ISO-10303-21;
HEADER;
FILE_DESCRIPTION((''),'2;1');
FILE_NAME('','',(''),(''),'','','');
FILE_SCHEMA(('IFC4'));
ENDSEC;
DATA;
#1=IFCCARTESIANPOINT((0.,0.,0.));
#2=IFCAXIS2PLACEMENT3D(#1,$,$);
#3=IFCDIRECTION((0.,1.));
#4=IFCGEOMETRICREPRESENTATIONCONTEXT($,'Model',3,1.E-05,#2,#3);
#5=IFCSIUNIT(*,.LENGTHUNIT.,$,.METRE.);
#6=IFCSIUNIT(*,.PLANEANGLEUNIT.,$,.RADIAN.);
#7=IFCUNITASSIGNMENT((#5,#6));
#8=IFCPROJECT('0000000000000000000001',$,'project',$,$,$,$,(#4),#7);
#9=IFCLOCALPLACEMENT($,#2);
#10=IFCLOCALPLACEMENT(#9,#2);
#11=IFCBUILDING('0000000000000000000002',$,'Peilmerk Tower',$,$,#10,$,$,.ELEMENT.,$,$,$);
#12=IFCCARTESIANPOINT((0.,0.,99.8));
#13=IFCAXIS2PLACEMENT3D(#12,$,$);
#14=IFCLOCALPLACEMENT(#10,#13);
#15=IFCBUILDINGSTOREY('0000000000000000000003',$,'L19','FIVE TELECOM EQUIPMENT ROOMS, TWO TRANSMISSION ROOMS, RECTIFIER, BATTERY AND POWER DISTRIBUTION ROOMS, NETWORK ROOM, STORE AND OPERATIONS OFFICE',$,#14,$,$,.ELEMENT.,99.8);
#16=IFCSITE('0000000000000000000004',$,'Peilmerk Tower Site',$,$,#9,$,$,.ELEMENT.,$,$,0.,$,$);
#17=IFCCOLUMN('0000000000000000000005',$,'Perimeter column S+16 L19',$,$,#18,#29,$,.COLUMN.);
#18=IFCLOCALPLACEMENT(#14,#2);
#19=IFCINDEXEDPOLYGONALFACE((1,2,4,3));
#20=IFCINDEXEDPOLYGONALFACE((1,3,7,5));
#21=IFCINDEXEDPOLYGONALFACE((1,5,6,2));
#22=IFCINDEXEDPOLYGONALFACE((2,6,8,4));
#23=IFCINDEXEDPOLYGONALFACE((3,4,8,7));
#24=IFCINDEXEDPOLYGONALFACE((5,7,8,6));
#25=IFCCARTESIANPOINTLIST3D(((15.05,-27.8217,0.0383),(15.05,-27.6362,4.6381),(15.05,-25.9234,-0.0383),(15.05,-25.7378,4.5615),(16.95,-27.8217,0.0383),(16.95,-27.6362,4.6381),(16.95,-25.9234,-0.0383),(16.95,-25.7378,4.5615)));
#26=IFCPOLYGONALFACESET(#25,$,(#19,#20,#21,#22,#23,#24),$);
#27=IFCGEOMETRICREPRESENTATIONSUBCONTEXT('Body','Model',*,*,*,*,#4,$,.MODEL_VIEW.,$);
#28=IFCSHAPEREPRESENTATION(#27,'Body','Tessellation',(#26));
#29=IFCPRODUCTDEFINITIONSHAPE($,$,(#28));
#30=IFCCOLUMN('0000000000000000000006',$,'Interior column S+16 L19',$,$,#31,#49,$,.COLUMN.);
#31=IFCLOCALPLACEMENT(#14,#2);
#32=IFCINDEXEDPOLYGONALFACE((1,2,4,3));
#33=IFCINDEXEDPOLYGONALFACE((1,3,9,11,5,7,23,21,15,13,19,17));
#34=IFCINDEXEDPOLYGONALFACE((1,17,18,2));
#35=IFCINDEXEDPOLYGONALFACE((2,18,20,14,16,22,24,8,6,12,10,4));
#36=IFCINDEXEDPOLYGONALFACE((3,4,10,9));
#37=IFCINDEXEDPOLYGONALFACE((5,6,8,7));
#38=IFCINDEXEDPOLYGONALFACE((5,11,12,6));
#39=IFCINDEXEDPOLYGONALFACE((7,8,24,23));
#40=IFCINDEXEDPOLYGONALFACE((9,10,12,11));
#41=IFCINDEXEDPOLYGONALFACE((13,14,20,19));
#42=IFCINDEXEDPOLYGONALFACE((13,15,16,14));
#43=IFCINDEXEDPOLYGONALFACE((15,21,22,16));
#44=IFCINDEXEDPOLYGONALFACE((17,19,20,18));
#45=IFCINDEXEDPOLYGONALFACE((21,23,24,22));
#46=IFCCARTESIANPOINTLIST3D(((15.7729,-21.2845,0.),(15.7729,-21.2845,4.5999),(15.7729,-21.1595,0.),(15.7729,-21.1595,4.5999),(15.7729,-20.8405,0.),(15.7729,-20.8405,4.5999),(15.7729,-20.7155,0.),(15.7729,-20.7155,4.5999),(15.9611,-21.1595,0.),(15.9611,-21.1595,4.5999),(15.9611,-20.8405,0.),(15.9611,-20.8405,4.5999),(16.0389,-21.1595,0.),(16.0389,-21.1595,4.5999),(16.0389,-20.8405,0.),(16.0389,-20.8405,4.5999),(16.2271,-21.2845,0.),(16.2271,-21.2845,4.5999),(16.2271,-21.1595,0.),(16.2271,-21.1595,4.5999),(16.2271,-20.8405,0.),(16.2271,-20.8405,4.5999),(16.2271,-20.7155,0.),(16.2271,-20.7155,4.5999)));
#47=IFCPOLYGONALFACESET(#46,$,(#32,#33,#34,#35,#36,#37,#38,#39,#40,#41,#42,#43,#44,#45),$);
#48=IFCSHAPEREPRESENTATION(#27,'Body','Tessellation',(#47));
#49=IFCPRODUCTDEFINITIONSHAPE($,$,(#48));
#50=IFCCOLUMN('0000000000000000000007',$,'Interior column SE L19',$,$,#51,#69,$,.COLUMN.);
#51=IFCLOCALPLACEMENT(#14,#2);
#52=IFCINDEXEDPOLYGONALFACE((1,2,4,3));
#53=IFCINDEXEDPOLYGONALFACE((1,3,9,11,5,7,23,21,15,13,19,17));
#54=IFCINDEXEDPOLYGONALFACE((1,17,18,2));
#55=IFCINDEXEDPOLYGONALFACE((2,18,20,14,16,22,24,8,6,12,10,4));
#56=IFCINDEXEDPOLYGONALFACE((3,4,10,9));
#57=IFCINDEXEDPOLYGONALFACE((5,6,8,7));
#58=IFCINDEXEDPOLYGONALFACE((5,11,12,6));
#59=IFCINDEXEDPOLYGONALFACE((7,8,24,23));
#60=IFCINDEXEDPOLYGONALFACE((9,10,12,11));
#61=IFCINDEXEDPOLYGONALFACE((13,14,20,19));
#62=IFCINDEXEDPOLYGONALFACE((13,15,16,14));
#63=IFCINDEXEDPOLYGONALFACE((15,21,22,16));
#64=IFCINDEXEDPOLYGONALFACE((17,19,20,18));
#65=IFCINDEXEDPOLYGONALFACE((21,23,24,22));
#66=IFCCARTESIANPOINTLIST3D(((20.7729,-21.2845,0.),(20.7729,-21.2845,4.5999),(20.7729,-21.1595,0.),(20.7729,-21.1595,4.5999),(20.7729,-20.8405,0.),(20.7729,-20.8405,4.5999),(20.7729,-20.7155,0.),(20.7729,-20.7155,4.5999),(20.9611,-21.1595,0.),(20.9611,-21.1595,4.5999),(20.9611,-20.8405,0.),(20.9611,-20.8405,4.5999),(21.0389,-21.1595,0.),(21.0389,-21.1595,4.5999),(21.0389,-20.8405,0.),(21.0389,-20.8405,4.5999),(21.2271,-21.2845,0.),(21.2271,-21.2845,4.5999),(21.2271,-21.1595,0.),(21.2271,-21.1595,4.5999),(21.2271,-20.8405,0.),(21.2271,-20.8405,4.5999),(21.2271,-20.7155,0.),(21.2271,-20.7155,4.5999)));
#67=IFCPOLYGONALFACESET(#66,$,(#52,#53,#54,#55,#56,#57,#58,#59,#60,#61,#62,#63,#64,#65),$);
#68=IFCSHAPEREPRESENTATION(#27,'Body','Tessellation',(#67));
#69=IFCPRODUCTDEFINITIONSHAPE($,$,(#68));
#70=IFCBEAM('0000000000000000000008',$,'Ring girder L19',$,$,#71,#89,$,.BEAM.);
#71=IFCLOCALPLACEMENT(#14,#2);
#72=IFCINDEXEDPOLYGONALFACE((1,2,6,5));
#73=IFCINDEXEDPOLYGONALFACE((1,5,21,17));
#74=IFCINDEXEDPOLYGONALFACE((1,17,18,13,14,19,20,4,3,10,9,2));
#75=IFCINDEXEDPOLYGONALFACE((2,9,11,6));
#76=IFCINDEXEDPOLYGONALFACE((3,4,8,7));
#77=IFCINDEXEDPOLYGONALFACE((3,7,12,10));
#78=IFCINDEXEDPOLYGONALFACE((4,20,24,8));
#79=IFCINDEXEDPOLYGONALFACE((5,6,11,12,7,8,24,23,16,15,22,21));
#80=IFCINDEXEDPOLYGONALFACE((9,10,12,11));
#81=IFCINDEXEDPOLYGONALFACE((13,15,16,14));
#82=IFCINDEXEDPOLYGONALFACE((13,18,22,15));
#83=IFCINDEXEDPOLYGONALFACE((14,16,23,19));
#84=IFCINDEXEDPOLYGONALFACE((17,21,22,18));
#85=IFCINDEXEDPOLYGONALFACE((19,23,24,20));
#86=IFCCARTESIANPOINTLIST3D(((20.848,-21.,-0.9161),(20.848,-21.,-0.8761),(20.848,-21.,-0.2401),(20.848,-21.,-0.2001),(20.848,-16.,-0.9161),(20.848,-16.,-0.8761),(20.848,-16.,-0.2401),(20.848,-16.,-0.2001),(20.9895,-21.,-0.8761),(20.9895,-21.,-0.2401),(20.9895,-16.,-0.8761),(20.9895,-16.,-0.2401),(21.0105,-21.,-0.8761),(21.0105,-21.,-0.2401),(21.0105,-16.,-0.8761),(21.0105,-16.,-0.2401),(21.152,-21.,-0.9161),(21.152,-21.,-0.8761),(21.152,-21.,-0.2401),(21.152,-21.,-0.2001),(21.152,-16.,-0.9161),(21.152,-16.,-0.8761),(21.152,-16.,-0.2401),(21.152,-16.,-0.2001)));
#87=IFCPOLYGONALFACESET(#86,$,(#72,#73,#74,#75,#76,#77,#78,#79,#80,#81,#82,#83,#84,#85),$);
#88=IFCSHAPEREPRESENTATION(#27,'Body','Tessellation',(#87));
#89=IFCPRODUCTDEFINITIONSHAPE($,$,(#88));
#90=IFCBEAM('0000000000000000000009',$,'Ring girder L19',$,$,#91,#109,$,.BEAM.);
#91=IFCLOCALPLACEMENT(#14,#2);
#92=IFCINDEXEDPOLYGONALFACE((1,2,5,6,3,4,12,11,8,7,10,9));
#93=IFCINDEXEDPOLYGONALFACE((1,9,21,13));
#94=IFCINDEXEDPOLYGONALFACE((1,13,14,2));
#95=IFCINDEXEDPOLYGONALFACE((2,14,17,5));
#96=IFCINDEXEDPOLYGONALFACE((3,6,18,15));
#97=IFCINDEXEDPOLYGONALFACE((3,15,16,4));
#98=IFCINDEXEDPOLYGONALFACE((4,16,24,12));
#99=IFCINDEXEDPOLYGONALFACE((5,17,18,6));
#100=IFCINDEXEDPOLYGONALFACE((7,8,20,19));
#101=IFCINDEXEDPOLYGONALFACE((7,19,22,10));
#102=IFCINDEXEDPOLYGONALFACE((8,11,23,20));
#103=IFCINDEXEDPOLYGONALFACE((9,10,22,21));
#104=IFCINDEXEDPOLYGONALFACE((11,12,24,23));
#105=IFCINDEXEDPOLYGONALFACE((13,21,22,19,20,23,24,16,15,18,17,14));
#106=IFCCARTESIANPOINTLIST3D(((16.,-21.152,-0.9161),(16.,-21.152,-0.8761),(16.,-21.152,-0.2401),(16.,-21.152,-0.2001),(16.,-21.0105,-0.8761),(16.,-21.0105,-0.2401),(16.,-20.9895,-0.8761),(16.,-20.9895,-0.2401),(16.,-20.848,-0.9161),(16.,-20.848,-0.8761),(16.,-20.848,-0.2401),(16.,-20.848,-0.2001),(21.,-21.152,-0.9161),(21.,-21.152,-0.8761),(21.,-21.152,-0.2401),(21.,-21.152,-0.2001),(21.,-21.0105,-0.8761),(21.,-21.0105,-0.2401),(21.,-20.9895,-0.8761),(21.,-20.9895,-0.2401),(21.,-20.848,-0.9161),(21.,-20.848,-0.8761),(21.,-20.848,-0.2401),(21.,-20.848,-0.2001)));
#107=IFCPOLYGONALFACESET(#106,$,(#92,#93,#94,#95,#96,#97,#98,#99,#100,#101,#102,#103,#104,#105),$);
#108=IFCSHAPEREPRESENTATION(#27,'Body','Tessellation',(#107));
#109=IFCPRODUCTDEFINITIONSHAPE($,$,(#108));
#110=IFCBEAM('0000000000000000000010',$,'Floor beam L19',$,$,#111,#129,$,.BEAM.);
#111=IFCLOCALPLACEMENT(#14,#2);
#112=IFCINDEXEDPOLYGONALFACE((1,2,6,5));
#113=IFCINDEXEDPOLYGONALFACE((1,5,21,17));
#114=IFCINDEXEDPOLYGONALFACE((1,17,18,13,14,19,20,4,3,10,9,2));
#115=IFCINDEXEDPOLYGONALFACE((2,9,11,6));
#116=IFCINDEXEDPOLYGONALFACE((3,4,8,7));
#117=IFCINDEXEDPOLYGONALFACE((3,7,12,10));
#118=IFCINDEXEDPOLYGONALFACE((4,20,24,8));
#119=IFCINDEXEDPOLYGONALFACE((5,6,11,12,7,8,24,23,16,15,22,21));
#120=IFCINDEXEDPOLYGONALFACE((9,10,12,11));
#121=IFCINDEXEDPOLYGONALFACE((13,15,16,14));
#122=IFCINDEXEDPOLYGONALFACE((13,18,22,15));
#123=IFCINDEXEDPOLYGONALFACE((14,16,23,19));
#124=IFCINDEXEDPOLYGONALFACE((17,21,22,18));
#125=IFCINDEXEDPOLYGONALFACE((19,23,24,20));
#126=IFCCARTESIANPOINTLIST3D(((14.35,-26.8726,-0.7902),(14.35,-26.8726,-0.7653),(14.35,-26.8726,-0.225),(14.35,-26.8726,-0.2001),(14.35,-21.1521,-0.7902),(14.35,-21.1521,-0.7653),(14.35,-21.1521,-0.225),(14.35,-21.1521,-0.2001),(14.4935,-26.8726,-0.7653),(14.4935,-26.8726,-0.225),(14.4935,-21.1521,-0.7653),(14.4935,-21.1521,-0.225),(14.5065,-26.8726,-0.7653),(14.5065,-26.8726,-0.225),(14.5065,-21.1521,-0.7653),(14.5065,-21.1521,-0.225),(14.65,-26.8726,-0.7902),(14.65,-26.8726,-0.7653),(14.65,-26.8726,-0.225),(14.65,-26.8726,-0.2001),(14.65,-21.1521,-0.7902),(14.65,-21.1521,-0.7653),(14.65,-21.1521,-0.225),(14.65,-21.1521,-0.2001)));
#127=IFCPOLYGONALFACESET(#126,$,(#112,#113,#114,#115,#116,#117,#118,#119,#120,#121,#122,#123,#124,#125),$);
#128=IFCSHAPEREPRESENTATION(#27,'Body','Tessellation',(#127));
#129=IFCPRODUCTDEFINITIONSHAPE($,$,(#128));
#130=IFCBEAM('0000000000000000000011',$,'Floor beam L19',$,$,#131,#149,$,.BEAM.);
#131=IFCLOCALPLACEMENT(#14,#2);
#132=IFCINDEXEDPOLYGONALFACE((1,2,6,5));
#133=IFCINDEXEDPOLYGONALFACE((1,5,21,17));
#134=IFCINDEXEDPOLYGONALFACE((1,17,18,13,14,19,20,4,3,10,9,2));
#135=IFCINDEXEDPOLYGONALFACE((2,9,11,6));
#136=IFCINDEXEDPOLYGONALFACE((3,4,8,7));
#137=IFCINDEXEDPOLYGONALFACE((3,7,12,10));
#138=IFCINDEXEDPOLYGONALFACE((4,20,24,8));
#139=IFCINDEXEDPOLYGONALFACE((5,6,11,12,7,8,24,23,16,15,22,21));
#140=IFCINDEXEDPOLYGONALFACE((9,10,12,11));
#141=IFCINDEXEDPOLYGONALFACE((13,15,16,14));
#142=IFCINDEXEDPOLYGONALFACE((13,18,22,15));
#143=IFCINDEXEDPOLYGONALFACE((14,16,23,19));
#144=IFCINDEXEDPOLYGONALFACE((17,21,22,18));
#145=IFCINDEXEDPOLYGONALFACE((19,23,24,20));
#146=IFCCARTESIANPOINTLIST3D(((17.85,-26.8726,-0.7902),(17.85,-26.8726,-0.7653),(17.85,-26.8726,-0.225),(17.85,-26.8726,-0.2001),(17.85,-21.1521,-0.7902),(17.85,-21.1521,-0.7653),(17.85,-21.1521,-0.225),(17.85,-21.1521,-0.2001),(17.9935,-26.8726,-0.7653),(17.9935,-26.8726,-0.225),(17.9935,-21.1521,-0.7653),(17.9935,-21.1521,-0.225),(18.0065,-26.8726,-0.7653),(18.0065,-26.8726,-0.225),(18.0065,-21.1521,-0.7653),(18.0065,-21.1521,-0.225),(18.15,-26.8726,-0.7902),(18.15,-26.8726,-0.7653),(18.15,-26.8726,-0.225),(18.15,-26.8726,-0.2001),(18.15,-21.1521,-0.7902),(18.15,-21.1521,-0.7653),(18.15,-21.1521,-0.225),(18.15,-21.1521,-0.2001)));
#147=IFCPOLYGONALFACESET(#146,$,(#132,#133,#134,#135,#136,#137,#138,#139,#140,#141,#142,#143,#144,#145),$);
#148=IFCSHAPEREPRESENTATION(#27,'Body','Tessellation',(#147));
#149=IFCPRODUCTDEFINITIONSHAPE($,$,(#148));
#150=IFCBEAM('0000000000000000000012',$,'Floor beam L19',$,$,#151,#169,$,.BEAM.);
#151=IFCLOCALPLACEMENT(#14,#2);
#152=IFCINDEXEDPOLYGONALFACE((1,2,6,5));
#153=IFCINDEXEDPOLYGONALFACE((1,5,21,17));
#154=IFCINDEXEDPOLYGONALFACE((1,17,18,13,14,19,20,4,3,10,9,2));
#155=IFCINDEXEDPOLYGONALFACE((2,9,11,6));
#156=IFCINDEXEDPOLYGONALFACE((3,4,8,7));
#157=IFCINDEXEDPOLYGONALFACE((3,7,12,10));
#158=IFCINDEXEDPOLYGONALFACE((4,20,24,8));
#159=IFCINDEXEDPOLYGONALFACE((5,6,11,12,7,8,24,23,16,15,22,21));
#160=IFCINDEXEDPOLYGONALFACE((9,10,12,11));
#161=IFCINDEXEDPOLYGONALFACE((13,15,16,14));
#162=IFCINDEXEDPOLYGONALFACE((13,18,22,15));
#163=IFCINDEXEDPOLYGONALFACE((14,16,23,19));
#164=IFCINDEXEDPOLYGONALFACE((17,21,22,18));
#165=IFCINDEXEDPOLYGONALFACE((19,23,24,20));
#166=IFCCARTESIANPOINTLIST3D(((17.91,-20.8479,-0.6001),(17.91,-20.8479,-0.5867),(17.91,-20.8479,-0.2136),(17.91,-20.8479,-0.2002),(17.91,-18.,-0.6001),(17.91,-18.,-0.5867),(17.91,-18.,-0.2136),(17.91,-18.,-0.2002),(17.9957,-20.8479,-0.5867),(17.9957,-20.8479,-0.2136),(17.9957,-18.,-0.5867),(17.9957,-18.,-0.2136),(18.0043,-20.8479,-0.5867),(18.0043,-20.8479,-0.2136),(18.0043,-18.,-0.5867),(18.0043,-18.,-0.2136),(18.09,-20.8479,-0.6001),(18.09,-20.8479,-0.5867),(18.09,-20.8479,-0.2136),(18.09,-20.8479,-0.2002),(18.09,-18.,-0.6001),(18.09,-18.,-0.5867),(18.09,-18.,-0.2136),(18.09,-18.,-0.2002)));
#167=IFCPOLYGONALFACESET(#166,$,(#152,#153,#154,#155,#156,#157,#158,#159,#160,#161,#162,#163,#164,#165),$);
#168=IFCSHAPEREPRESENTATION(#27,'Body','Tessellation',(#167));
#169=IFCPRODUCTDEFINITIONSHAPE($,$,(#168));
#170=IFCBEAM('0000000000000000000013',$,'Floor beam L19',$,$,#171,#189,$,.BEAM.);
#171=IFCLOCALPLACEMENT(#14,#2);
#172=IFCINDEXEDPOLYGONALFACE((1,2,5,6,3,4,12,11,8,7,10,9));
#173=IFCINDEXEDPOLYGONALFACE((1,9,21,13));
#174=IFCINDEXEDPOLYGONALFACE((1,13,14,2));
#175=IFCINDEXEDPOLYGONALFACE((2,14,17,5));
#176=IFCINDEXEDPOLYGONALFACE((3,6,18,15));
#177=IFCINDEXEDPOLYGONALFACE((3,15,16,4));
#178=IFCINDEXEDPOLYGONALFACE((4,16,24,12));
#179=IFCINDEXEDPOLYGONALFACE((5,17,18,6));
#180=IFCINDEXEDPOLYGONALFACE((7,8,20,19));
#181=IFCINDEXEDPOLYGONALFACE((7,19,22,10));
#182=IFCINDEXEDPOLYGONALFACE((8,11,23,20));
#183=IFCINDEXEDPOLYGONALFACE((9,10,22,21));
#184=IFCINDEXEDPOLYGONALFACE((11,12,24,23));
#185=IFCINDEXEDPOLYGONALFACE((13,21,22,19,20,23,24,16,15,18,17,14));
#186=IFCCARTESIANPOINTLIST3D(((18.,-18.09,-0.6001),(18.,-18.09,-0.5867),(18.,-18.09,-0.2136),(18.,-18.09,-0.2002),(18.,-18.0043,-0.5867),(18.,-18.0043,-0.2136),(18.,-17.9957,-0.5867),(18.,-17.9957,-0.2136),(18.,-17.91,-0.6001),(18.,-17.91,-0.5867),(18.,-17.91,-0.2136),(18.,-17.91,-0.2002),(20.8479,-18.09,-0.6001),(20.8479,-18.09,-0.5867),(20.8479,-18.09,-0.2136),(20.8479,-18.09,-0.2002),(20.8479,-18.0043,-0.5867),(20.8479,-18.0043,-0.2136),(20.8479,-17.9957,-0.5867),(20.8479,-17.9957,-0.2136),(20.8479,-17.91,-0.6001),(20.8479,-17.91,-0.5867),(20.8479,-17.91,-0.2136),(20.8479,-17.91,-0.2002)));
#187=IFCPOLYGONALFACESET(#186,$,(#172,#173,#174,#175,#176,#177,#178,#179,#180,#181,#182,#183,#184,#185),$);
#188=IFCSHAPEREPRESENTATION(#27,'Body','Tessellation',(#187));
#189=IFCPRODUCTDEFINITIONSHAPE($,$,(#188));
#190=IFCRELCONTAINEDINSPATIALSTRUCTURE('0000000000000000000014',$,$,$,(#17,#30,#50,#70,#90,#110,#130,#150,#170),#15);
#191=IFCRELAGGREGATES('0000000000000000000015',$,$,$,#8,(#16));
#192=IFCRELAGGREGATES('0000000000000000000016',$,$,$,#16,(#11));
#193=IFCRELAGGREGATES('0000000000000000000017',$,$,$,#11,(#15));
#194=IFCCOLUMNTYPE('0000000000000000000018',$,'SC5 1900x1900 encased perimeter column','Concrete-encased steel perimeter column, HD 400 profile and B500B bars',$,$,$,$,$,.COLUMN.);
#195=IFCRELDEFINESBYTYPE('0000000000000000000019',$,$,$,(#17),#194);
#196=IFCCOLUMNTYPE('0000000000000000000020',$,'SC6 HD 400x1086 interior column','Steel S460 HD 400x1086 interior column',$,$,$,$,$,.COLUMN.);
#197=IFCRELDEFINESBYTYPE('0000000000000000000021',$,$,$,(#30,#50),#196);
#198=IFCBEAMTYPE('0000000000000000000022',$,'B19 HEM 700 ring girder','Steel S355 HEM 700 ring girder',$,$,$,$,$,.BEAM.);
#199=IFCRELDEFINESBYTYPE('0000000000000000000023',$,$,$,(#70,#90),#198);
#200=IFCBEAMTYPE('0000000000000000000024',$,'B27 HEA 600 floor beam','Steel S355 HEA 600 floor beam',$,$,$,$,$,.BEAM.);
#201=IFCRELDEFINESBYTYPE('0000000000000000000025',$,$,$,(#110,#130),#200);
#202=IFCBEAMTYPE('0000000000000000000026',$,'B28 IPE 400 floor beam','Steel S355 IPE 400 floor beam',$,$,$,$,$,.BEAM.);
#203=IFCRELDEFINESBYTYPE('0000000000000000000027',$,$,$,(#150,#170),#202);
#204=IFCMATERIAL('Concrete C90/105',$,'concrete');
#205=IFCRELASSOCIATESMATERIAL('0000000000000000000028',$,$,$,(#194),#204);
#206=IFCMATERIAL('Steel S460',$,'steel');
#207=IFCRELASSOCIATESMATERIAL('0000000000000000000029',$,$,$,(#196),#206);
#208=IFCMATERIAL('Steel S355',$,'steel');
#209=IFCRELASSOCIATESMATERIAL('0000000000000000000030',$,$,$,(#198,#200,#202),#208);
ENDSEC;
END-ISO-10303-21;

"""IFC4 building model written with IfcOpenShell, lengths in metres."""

from ifc_helpers import new_model, si_unit, direction, frame, origin, origin_2d, place, context, subcontext, project, spatial, rectangle, i_section, extrude, material, material_profile, profile_set, type_object, element, save


model = new_model("IFC4")

# Units and contexts
model_context = context("Model", 3, precision=1e-05, world=origin(), true_north=direction((0.0, 1.0)))
body_context = subcontext(model_context, "Body", "Model", "MODEL_VIEW")
ifc_project = project(units=[si_unit("LENGTHUNIT", "METRE"), si_unit("PLANEANGLEUNIT", "RADIAN")], contexts=[model_context])

# Site, building, storey
site_placement = place(None, origin())
site = spatial("IfcSite", under=ifc_project, at=site_placement, Name="Peilmerk Tower Site", CompositionType="ELEMENT", RefElevation=0.0)
building_placement = place(site_placement, origin())
building = spatial("IfcBuilding", under=site, at=building_placement, Name="Peilmerk Tower", CompositionType="ELEMENT")
storey_placement = place(building_placement, frame((0.0, 0.0, 99.8)))
storey = spatial("IfcBuildingStorey", under=building, at=storey_placement, Name="L19", Description="FIVE TELECOM EQUIPMENT ROOMS, TWO TRANSMISSION ROOMS, RECTIFIER, BATTERY AND POWER DISTRIBUTION ROOMS, NETWORK ROOM, STORE AND OPERATIONS OFFICE", CompositionType="ELEMENT", Elevation=99.8)

# Columns
ifc_material_1 = material(Name="Concrete C90/105", Category="concrete")
ifc_material_profile_1 = material_profile(ifc_material_1, rectangle(XDim=1.8999, YDim=1.8999, at=origin_2d()), Name="RC 1900x1900")
ifc_profile_set_1 = profile_set([ifc_material_profile_1], Name="Concrete C90/105")
column_type_1 = type_object("IfcColumnType", Name="SC5 1900x1900 encased perimeter column", Description="Concrete-encased steel perimeter column, HD 400 profile and B500B bars", PredefinedType="COLUMN", material=ifc_profile_set_1)
column_placement = place(storey_placement, frame((16.0, -26.8726, 0.0), z_axis=(0.0, 0.040305, 0.999187), x_axis=(-1.0, 0.0, 0.0)))
element("IfcColumn", 1, at=column_placement, inside=storey, type_object=column_type_1, Name="Perimeter column S+16 L19", PredefinedType="COLUMN", context=body_context, shape_type="SweptSolid", body=[
    extrude(rectangle(XDim=1.8999, YDim=1.8999, at=origin_2d()), origin(), (0.0, 0.0, 1.0), 4.6035),
])
ifc_material_2 = material(Name="Steel S460", Category="steel")
ifc_material_profile_2 = material_profile(ifc_material_2, i_section(OverallWidth=0.4541, OverallDepth=0.5691, WebThickness=0.0779, FlangeThickness=0.125, at=origin_2d()), Name="HD 400x1086")
ifc_profile_set_2 = profile_set([ifc_material_profile_2], Name="Steel S460")
column_type_2 = type_object("IfcColumnType", Name="SC6 HD 400x1086 interior column", Description="Steel S460 HD 400x1086 interior column", PredefinedType="COLUMN", material=ifc_profile_set_2)
for number, where, z_axis, x_axis, name in (
    (2, (16.0, -21.0, 0.0), (0.0, 0.0, 1.0), (1.0, 0.0, 0.0), "Interior column S+16 L19"),
    (3, (21.0, -21.0, 0.0), (0.0, 0.0, 1.0), (1.0, 0.0, 0.0), "Interior column SE L19"),
):
    element("IfcColumn", number, at=place(storey_placement, frame(where, z_axis=z_axis, x_axis=x_axis)), inside=storey, type_object=column_type_2, Name=name, PredefinedType="COLUMN", context=body_context, shape_type="SweptSolid", body=[
        extrude(i_section(OverallWidth=0.4541, OverallDepth=0.5691, WebThickness=0.0779, FlangeThickness=0.125, at=origin_2d()), origin(), (0.0, 0.0, 1.0), 4.5999),
    ])

# Beams
ifc_material_3 = material(Name="Steel S355", Category="steel")
ifc_material_profile_3 = material_profile(ifc_material_3, i_section(OverallWidth=0.304, OverallDepth=0.7161, WebThickness=0.021, FlangeThickness=0.04, at=origin_2d()), Name="HEM 700")
ifc_profile_set_3 = profile_set([ifc_material_profile_3], Name="Steel S355")
beam_type_1 = type_object("IfcBeamType", Name="B19 HEM 700 ring girder", Description="Steel S355 HEM 700 ring girder", PredefinedType="BEAM", material=ifc_profile_set_3)
for number, where, z_axis, x_axis, name in (
    (4, (21.0, -21.0, -0.5581), (0.0, 1.0, 0.0), (-1.0, 0.0, 0.0), "Ring girder L19"),
    (5, (16.0, -21.0, -0.5581), (1.0, 0.0, 0.0), (0.0, 1.0, 0.0), "Ring girder L19"),
):
    element("IfcBeam", number, at=place(storey_placement, frame(where, z_axis=z_axis, x_axis=x_axis)), inside=storey, type_object=beam_type_1, Name=name, PredefinedType="BEAM", context=body_context, shape_type="SweptSolid", body=[
        extrude(i_section(OverallWidth=0.304, OverallDepth=0.7161, WebThickness=0.021, FlangeThickness=0.04, at=origin_2d()), origin(), (0.0, 0.0, 1.0), 5.0),
    ])
ifc_material_profile_4 = material_profile(ifc_material_3, i_section(OverallWidth=0.3, OverallDepth=0.5901, WebThickness=0.0129, FlangeThickness=0.0249, at=origin_2d()), Name="HEA 600")
ifc_profile_set_4 = profile_set([ifc_material_profile_4], Name="Steel S355")
beam_type_2 = type_object("IfcBeamType", Name="B27 HEA 600 floor beam", Description="Steel S355 HEA 600 floor beam", PredefinedType="BEAM", material=ifc_profile_set_4)
for number, where, z_axis, x_axis, name in (
    (6, (14.5, -21.1521, -0.4951), (0.0, -1.0, 0.0), (1.0, 0.0, 0.0), "Floor beam L19"),
    (7, (18.0, -21.1521, -0.4951), (0.0, -1.0, 0.0), (1.0, 0.0, 0.0), "Floor beam L19"),
):
    element("IfcBeam", number, at=place(storey_placement, frame(where, z_axis=z_axis, x_axis=x_axis)), inside=storey, type_object=beam_type_2, Name=name, PredefinedType="BEAM", context=body_context, shape_type="SweptSolid", body=[
        extrude(i_section(OverallWidth=0.3, OverallDepth=0.5901, WebThickness=0.0129, FlangeThickness=0.0249, at=origin_2d()), origin(), (0.0, 0.0, 1.0), 5.7205),
    ])
ifc_material_profile_5 = material_profile(ifc_material_3, i_section(OverallWidth=0.1799, OverallDepth=0.3999, WebThickness=0.0085, FlangeThickness=0.0134, at=origin_2d()), Name="IPE 400")
ifc_profile_set_5 = profile_set([ifc_material_profile_5], Name="Steel S355")
beam_type_3 = type_object("IfcBeamType", Name="B28 IPE 400 floor beam", Description="Steel S355 IPE 400 floor beam", PredefinedType="BEAM", material=ifc_profile_set_5)
for number, where, z_axis, x_axis, name in (
    (8, (18.0, -18.0, -0.4001), (0.0, -1.0, 0.0), (1.0, 0.0, 0.0), "Floor beam L19"),
    (9, (18.0, -18.0, -0.4001), (1.0, 0.0, 0.0), (0.0, 1.0, 0.0), "Floor beam L19"),
):
    element("IfcBeam", number, at=place(storey_placement, frame(where, z_axis=z_axis, x_axis=x_axis)), inside=storey, type_object=beam_type_3, Name=name, PredefinedType="BEAM", context=body_context, shape_type="SweptSolid", body=[
        extrude(i_section(OverallWidth=0.1799, OverallDepth=0.3999, WebThickness=0.0085, FlangeThickness=0.0134, at=origin_2d()), origin(), (0.0, 0.0, 1.0), 2.8479),
    ])

save(model, "model.ifc")
